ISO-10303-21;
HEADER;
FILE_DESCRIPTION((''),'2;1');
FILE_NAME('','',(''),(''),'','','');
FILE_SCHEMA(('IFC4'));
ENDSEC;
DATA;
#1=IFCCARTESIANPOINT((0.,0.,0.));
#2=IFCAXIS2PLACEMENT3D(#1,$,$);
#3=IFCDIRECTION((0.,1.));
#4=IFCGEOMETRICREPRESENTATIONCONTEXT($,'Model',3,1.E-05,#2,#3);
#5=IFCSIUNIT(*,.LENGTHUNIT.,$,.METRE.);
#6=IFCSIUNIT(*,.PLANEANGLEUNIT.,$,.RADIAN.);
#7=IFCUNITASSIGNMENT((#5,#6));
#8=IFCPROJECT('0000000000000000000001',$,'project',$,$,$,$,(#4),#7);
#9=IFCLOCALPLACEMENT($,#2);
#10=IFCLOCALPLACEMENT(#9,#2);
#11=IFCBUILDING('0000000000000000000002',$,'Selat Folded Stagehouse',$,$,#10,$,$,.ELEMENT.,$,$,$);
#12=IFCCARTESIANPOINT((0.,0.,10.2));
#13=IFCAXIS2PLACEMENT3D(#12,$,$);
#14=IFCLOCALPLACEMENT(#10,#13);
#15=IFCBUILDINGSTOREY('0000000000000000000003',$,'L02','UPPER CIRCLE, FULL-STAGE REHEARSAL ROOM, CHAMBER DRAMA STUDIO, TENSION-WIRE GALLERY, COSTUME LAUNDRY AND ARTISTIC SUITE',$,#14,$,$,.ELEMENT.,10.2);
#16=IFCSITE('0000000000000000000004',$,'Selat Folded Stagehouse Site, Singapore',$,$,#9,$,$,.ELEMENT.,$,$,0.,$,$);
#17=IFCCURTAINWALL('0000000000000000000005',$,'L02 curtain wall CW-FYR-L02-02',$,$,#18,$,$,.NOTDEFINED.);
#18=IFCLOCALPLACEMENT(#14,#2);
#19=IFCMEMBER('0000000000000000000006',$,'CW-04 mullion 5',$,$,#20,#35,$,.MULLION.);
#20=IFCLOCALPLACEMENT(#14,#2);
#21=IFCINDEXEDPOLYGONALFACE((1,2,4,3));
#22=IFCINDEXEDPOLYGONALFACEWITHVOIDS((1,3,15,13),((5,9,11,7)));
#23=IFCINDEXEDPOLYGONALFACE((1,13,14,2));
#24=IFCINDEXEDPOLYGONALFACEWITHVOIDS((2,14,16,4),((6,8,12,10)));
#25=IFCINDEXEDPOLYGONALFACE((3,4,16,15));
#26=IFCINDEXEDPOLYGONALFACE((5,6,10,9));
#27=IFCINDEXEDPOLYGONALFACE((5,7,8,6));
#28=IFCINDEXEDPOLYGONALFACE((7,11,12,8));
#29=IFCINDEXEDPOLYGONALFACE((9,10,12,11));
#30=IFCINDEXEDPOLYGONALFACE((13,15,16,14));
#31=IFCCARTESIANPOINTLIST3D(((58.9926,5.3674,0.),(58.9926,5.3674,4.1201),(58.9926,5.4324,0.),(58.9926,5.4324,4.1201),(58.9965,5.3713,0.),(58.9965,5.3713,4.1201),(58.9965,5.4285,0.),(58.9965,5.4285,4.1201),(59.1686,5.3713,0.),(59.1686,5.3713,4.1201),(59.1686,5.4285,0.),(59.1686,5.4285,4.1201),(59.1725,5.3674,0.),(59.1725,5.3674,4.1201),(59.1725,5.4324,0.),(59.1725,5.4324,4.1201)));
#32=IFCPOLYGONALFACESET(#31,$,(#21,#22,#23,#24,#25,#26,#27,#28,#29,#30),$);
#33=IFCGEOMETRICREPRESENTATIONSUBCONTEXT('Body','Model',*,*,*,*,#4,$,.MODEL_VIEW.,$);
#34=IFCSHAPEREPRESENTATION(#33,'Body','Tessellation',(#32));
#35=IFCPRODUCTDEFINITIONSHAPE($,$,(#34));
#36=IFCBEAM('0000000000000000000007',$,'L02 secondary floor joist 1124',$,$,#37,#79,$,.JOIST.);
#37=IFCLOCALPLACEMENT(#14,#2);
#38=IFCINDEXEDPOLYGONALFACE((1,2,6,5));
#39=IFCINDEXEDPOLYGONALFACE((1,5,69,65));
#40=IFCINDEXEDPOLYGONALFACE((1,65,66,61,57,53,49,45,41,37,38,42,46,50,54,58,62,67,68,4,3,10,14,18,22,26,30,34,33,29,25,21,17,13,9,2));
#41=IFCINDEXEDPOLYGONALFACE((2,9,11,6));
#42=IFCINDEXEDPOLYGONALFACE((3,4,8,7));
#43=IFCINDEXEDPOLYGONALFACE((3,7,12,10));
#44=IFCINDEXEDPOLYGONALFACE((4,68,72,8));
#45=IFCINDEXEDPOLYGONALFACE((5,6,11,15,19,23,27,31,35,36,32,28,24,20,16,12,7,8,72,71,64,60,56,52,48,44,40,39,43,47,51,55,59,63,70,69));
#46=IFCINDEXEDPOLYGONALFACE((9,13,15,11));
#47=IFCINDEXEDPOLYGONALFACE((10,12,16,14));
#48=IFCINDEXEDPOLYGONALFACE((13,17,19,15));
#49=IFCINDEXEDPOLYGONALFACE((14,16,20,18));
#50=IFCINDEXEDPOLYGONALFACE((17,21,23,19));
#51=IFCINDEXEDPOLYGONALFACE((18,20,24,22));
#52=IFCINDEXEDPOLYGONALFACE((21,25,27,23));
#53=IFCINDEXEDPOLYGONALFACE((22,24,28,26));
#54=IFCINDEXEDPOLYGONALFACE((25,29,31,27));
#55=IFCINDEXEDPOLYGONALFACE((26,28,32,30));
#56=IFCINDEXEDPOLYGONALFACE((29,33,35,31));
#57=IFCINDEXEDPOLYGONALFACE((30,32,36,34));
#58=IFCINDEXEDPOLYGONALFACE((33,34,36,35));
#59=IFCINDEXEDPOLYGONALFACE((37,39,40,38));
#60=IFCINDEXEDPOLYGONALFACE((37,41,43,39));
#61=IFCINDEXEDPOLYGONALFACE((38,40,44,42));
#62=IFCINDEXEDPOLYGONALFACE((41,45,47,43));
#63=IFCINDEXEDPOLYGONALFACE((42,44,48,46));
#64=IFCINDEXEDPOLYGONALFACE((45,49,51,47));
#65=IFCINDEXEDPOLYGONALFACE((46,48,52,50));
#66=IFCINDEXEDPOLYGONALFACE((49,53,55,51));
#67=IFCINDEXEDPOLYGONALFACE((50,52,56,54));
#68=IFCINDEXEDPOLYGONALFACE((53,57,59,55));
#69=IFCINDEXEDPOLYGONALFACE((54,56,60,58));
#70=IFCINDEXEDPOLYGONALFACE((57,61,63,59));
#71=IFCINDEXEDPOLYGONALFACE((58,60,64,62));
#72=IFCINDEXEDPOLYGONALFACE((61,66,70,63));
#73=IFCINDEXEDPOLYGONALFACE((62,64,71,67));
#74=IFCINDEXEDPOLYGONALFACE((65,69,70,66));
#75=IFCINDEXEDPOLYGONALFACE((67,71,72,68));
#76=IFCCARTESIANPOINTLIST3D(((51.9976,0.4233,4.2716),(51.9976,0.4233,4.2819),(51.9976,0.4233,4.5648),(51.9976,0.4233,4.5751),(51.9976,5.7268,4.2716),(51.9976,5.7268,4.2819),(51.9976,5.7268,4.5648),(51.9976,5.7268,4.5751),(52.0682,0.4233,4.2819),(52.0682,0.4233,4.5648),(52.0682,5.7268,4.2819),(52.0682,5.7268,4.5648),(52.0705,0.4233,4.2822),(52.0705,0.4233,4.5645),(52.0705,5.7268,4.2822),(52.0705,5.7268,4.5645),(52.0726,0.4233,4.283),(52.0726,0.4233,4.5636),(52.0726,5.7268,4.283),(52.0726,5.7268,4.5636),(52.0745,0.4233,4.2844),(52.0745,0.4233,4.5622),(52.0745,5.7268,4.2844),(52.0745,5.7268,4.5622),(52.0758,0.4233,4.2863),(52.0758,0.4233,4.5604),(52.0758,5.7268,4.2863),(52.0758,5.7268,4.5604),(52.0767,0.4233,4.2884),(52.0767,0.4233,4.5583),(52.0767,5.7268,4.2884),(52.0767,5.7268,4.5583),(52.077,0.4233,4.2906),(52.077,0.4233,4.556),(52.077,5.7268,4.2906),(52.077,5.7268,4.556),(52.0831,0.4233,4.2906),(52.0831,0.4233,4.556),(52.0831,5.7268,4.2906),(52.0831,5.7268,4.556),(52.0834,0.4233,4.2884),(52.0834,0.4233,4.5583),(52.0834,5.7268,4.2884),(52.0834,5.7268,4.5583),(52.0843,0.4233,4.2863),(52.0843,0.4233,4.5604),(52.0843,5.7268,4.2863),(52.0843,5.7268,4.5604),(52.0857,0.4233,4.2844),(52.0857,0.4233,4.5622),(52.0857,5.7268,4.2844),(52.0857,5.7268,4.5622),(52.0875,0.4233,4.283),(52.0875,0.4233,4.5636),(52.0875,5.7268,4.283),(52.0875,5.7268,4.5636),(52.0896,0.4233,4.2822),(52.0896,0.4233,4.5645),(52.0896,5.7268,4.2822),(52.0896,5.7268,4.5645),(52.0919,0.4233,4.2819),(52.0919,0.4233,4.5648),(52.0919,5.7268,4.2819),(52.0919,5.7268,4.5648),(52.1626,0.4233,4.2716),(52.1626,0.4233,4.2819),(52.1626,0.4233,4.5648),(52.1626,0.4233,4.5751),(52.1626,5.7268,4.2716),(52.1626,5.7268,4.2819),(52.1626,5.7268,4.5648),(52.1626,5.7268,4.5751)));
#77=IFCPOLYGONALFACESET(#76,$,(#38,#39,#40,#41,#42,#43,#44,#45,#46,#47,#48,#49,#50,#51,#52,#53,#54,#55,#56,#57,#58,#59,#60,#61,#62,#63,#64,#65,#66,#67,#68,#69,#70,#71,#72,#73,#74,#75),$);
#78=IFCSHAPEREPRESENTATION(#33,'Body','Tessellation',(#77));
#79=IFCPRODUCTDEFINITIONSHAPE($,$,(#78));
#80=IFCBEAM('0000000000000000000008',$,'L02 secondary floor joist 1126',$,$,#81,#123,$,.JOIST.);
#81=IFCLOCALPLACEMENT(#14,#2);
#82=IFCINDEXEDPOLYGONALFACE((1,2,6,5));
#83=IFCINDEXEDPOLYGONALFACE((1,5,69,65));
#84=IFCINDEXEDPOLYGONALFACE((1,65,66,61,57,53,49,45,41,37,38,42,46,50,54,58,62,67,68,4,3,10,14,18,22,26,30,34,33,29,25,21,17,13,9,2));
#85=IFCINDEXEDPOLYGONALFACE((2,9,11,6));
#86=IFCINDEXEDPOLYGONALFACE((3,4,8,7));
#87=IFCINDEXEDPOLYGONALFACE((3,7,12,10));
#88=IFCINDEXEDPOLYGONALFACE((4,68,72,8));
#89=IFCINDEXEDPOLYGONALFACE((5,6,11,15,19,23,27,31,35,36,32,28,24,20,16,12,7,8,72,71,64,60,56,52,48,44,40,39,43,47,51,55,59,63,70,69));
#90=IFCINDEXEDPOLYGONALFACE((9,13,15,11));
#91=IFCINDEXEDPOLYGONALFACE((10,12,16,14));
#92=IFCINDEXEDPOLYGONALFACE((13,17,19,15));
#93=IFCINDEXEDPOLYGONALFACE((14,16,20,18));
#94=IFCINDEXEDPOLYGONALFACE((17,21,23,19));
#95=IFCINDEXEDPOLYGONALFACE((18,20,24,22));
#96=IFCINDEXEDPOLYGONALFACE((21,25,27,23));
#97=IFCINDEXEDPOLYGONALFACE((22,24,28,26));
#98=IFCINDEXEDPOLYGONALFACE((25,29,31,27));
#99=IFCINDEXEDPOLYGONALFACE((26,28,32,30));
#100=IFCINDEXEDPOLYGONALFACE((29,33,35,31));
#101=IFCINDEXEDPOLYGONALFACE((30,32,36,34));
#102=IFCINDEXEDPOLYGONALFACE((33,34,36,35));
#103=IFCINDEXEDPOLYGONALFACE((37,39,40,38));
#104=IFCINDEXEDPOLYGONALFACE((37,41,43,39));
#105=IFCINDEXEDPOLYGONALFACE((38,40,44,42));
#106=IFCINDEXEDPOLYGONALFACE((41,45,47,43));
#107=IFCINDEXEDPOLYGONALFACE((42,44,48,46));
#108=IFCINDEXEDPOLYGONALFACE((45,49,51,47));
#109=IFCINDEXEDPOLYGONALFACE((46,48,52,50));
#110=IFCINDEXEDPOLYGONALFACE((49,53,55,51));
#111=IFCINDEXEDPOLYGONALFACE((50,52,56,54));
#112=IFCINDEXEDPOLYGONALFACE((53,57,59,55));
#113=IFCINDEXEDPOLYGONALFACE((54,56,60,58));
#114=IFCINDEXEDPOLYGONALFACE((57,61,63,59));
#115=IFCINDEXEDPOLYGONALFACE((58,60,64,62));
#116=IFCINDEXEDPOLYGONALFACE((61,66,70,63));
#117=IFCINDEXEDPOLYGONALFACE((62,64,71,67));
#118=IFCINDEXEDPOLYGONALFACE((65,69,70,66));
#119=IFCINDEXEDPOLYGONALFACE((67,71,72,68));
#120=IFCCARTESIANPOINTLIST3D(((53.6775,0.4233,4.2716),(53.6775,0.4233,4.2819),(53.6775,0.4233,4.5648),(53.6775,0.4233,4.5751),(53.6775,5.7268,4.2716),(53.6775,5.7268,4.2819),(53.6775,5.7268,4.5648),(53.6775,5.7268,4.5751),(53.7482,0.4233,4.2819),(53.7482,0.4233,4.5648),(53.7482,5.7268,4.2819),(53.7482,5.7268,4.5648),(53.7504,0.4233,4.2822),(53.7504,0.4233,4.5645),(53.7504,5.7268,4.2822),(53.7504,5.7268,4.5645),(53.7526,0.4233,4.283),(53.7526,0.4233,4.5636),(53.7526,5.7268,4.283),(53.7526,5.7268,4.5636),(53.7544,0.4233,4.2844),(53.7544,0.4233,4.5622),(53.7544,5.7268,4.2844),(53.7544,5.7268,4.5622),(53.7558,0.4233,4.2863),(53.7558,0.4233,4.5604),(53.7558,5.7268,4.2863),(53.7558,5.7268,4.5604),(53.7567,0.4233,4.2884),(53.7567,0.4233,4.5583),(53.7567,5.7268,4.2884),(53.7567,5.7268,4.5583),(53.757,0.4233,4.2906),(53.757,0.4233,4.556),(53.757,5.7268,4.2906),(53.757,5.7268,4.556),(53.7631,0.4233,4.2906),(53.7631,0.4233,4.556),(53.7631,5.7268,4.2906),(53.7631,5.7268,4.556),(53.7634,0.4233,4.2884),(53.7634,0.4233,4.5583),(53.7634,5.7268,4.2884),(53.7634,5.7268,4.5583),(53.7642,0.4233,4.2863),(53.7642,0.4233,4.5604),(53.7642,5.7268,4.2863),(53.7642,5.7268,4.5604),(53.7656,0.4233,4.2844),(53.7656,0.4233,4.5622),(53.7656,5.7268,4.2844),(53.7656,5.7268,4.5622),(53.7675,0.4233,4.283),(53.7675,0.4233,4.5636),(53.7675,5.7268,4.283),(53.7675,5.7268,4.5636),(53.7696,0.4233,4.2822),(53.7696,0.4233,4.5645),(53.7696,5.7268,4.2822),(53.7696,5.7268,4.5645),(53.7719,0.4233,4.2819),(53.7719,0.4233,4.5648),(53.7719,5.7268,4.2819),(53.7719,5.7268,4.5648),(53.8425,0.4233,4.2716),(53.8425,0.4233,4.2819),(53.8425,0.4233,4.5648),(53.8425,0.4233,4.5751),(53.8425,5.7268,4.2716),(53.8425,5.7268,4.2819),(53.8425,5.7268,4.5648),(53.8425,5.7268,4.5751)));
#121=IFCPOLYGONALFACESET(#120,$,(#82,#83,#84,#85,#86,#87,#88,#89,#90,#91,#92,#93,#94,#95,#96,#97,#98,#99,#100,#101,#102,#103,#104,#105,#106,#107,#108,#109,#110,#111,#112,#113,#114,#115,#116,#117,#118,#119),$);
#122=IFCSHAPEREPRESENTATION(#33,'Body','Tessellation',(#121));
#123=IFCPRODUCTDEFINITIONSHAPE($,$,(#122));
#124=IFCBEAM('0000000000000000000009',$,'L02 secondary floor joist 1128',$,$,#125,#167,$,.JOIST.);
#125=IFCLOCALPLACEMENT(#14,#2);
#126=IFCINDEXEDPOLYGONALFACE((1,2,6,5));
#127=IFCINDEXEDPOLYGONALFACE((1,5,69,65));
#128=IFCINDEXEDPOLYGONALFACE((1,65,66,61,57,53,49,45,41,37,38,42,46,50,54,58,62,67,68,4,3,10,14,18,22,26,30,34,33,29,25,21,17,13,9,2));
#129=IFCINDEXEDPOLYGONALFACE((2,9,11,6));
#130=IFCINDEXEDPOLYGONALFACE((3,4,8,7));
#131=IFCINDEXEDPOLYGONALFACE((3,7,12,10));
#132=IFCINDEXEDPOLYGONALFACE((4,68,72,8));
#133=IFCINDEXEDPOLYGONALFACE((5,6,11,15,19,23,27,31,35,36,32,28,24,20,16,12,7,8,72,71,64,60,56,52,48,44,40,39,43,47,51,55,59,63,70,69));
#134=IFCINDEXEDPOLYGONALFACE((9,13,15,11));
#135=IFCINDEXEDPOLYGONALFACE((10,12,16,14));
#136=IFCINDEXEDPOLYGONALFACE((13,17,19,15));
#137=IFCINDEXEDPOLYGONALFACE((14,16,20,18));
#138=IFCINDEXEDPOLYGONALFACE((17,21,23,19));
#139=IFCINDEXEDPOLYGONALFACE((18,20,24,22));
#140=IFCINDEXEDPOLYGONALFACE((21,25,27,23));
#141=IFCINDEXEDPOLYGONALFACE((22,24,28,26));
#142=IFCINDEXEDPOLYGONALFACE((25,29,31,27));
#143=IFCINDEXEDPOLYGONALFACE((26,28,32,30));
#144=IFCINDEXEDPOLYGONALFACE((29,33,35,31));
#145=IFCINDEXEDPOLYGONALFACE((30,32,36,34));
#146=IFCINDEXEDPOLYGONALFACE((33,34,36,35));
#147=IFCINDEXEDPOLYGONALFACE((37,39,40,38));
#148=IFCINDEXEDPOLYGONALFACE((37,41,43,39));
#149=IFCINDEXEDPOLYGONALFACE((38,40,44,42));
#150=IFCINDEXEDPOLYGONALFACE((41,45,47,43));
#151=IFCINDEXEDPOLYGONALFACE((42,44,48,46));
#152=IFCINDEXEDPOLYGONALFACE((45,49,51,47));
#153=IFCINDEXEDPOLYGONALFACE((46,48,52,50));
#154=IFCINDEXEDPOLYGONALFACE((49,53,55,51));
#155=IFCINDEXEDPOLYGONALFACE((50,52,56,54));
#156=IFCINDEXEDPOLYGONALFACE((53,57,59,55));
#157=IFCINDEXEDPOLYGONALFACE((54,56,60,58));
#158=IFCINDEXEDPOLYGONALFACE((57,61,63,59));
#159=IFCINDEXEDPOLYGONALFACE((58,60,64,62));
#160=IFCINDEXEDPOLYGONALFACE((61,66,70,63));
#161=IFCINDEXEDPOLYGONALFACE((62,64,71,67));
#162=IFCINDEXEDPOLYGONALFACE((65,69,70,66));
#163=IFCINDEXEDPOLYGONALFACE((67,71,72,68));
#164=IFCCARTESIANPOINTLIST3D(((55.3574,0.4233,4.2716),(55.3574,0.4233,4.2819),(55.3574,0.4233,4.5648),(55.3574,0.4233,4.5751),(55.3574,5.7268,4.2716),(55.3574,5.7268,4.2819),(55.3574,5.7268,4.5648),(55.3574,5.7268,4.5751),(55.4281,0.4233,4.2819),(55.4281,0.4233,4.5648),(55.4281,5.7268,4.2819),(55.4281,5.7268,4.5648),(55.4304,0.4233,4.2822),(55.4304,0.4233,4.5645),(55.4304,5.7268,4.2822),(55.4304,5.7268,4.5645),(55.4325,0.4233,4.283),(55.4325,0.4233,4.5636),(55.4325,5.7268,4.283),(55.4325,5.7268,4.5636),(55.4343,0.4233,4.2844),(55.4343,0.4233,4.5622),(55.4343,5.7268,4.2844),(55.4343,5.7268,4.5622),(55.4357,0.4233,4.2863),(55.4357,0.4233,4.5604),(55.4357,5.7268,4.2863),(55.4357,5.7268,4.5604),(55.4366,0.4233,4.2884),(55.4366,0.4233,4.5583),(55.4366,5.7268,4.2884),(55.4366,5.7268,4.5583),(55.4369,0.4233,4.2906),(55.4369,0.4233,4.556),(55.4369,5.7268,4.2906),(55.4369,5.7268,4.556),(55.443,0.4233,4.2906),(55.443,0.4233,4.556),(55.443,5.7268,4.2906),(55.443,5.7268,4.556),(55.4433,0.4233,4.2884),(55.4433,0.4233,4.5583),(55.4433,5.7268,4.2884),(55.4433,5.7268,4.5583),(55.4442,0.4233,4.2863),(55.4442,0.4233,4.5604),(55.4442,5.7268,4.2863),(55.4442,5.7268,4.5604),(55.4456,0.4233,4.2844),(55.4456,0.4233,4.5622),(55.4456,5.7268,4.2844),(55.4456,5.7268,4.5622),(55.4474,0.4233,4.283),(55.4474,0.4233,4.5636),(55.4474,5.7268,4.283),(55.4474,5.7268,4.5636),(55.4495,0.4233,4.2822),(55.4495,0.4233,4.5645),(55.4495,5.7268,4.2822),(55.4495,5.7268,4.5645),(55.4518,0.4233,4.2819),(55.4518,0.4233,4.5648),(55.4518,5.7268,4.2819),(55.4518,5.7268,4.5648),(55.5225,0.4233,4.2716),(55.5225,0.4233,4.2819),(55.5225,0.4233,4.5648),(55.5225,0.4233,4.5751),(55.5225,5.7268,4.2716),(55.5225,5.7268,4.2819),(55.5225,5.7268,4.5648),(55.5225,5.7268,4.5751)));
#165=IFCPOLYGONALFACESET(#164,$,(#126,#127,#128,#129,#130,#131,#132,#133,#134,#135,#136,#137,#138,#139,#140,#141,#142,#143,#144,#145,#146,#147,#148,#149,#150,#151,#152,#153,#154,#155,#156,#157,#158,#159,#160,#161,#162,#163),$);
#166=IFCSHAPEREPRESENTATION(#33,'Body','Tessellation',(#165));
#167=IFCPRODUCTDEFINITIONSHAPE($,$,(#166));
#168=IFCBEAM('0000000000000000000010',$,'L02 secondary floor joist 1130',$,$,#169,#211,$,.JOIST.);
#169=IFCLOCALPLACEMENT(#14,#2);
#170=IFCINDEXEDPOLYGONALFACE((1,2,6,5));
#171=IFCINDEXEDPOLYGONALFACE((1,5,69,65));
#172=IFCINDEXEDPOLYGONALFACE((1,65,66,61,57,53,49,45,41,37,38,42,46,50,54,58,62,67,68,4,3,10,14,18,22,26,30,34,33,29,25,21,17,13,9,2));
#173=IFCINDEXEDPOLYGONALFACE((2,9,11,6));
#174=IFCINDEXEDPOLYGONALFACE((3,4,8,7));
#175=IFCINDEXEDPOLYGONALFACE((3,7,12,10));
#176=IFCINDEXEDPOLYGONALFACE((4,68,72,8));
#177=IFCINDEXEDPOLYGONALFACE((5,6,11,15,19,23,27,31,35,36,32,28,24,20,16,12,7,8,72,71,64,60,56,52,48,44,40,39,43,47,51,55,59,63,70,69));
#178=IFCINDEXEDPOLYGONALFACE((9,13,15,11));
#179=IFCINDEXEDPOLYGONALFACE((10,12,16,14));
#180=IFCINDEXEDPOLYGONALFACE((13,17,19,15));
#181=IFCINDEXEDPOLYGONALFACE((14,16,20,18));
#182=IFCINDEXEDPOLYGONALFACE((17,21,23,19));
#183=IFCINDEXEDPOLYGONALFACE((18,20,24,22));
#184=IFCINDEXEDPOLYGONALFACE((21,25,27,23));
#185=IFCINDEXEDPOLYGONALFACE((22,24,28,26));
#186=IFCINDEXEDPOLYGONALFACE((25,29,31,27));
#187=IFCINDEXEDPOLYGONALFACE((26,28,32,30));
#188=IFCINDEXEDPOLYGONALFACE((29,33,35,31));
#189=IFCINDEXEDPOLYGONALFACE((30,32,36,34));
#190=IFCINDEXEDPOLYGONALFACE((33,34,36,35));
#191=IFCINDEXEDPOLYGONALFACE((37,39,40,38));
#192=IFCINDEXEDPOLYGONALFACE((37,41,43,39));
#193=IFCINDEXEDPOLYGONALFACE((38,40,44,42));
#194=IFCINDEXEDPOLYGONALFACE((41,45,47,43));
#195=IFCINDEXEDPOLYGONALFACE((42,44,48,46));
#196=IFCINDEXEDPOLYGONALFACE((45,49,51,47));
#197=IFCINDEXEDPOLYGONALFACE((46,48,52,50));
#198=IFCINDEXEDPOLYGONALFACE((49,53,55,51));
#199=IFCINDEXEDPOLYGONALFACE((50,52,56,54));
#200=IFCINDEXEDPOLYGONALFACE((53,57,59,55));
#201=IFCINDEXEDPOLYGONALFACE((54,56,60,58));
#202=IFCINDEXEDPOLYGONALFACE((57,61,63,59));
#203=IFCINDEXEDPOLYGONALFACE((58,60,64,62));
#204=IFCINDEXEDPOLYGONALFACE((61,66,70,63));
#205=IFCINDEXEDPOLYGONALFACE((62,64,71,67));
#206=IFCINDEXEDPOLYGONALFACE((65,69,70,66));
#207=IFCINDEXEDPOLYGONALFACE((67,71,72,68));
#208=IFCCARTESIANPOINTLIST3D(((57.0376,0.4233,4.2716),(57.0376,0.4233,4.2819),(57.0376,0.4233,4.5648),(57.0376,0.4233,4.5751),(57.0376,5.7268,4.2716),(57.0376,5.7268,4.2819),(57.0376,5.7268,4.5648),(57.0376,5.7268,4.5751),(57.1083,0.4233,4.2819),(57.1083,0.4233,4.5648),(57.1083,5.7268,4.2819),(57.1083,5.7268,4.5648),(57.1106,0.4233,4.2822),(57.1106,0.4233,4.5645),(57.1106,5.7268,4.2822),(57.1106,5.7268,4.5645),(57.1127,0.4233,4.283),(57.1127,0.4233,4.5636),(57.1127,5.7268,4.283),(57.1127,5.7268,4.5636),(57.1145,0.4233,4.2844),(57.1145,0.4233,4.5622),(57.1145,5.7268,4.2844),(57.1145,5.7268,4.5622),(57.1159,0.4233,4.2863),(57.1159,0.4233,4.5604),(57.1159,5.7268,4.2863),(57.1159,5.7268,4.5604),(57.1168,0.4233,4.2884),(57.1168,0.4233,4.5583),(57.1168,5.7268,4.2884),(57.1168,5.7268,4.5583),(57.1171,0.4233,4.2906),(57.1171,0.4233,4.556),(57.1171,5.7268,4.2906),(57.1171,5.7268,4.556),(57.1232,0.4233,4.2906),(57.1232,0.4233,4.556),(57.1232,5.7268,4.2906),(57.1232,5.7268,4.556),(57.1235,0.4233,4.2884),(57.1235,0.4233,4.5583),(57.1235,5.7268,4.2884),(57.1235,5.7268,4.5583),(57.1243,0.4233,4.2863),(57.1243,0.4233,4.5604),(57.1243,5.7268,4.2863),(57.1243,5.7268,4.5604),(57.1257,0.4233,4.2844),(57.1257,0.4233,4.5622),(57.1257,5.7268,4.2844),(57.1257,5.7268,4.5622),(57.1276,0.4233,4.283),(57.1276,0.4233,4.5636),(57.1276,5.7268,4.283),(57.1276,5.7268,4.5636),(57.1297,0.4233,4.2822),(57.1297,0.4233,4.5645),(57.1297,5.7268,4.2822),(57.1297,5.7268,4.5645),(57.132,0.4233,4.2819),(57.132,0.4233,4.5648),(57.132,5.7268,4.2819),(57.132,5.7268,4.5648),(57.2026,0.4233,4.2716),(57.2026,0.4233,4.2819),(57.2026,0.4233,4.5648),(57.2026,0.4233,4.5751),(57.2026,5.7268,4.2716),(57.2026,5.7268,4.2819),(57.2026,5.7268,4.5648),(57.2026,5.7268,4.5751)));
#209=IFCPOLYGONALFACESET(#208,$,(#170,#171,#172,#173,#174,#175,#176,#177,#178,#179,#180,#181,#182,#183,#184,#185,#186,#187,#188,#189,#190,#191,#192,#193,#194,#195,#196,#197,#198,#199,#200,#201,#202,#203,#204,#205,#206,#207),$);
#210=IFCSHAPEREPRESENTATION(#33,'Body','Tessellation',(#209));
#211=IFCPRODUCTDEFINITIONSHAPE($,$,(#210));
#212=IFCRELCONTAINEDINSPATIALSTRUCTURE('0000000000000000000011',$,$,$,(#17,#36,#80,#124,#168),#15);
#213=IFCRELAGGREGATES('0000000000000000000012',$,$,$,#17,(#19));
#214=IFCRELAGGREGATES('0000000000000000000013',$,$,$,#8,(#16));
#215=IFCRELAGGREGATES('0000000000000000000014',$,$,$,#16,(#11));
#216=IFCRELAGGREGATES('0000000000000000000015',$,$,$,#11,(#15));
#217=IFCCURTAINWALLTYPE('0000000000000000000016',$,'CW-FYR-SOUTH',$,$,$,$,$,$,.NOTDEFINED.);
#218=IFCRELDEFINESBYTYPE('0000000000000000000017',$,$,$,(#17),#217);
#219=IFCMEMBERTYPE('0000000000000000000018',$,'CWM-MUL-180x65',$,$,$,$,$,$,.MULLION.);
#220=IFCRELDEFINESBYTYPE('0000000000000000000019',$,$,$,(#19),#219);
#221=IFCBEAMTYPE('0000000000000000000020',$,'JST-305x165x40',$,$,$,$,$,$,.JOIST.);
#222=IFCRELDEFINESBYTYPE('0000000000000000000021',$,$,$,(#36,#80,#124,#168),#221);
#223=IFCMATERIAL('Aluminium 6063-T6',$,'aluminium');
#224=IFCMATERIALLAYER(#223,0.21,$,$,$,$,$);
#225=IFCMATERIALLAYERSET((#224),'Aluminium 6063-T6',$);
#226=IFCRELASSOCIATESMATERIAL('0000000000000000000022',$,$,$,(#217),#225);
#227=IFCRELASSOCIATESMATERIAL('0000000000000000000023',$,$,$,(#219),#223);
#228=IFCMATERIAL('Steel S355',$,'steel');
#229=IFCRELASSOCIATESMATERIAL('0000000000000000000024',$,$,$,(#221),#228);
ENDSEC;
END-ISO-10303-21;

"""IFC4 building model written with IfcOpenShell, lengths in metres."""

from ifc_helpers import new_model, si_unit, direction, frame, origin, origin_2d, place, context, subcontext, project, spatial, hollow_rectangle, i_section, extrude, material, layer, layer_set, material_profile, profile_set, type_object, element, aggregate, save


model = new_model("IFC4")

# Units and contexts
model_context = context("Model", 3, precision=1e-05, world=origin(), true_north=direction((0.0, 1.0)))
body_context = subcontext(model_context, "Body", "Model", "MODEL_VIEW")
ifc_project = project(units=[si_unit("LENGTHUNIT", "METRE"), si_unit("PLANEANGLEUNIT", "RADIAN")], contexts=[model_context])

# Site, building, storey
site_placement = place(None, origin())
site = spatial("IfcSite", under=ifc_project, at=site_placement, Name="Selat Folded Stagehouse Site, Singapore", CompositionType="ELEMENT", RefElevation=0.0)
building_placement = place(site_placement, origin())
building = spatial("IfcBuilding", under=site, at=building_placement, Name="Selat Folded Stagehouse", CompositionType="ELEMENT")
storey_placement = place(building_placement, frame((0.0, 0.0, 10.2)))
storey = spatial("IfcBuildingStorey", under=building, at=storey_placement, Name="L02", Description="UPPER CIRCLE, FULL-STAGE REHEARSAL ROOM, CHAMBER DRAMA STUDIO, TENSION-WIRE GALLERY, COSTUME LAUNDRY AND ARTISTIC SUITE", CompositionType="ELEMENT", Elevation=10.2)

# Shared definitions
ifc_material_1 = material(Name="Steel S355", Category="steel")

# Curtain wall, member
ifc_material_2 = material(Name="Aluminium 6063-T6", Category="aluminium")
ifc_layer_1 = layer(ifc_material_2, 0.21)
ifc_layer_set_1 = layer_set([ifc_layer_1], Name="Aluminium 6063-T6")
curtain_wall_type = type_object("IfcCurtainWallType", Name="CW-FYR-SOUTH", PredefinedType="NOTDEFINED", material=ifc_layer_set_1)
curtain_wall_placement = place(storey_placement, origin())
curtain_wall = element("IfcCurtainWall", 1, at=curtain_wall_placement, inside=storey, type_object=curtain_wall_type, Name="L02 curtain wall CW-FYR-L02-02", PredefinedType="NOTDEFINED")
ifc_material_profile_1 = material_profile(ifc_material_2, hollow_rectangle(XDim=0.0649, YDim=0.1799, WallThickness=0.0039, at=origin_2d()), Name="ALU 180x65x4.0")
ifc_profile_set_1 = profile_set([ifc_material_profile_1], Name="Aluminium 6063-T6")
member_type = type_object("IfcMemberType", Name="CWM-MUL-180x65", PredefinedType="MULLION", material=ifc_profile_set_1)
member_placement = place(storey_placement, frame((59.0825, 5.3999, 0.0), z_axis=(0.0, 0.0, 1.0), x_axis=(0.0, -1.0, 0.0)))
member = element("IfcMember", 2, at=member_placement, type_object=member_type, Name="CW-04 mullion 5", PredefinedType="MULLION", context=body_context, shape_type="SweptSolid", body=[
    extrude(hollow_rectangle(XDim=0.0649, YDim=0.1799, WallThickness=0.0039, at=origin_2d()), origin(), (0.0, 0.0, 1.0), 4.1201),
])
aggregate(curtain_wall, [member])

# Beams
ifc_material_profile_2 = material_profile(ifc_material_1, i_section(OverallWidth=0.165, OverallDepth=0.3035, WebThickness=0.0061, FlangeThickness=0.0103, FilletRadius=0.0088, at=origin_2d()), Name="UKB 305x165x40")
ifc_profile_set_2 = profile_set([ifc_material_profile_2], Name="Steel S355")
beam_type_1 = type_object("IfcBeamType", Name="JST-305x165x40", PredefinedType="JOIST", material=ifc_profile_set_2)
for number, where, z_axis, x_axis, name in (
    (3, (52.0801, 0.4233, 4.4233), (0.0, 1.0, 0.0), (-1.0, 0.0, 0.0), "L02 secondary floor joist 1124"),
    (4, (53.76, 0.4233, 4.4233), (0.0, 1.0, 0.0), (-1.0, 0.0, 0.0), "L02 secondary floor joist 1126"),
    (5, (55.4399, 0.4233, 4.4233), (0.0, 1.0, 0.0), (-1.0, 0.0, 0.0), "L02 secondary floor joist 1128"),
    (6, (57.1201, 0.4233, 4.4233), (0.0, 1.0, 0.0), (-1.0, 0.0, 0.0), "L02 secondary floor joist 1130"),
):
    element("IfcBeam", number, at=place(storey_placement, frame(where, z_axis=z_axis, x_axis=x_axis)), inside=storey, type_object=beam_type_1, Name=name, PredefinedType="JOIST", context=body_context, shape_type="SweptSolid", body=[
        extrude(i_section(OverallWidth=0.165, OverallDepth=0.3035, WebThickness=0.0061, FlangeThickness=0.0103, FilletRadius=0.0088, at=origin_2d()), origin(), (0.0, 0.0, 1.0), 5.3035),
    ])

save(model, "model.ifc")
